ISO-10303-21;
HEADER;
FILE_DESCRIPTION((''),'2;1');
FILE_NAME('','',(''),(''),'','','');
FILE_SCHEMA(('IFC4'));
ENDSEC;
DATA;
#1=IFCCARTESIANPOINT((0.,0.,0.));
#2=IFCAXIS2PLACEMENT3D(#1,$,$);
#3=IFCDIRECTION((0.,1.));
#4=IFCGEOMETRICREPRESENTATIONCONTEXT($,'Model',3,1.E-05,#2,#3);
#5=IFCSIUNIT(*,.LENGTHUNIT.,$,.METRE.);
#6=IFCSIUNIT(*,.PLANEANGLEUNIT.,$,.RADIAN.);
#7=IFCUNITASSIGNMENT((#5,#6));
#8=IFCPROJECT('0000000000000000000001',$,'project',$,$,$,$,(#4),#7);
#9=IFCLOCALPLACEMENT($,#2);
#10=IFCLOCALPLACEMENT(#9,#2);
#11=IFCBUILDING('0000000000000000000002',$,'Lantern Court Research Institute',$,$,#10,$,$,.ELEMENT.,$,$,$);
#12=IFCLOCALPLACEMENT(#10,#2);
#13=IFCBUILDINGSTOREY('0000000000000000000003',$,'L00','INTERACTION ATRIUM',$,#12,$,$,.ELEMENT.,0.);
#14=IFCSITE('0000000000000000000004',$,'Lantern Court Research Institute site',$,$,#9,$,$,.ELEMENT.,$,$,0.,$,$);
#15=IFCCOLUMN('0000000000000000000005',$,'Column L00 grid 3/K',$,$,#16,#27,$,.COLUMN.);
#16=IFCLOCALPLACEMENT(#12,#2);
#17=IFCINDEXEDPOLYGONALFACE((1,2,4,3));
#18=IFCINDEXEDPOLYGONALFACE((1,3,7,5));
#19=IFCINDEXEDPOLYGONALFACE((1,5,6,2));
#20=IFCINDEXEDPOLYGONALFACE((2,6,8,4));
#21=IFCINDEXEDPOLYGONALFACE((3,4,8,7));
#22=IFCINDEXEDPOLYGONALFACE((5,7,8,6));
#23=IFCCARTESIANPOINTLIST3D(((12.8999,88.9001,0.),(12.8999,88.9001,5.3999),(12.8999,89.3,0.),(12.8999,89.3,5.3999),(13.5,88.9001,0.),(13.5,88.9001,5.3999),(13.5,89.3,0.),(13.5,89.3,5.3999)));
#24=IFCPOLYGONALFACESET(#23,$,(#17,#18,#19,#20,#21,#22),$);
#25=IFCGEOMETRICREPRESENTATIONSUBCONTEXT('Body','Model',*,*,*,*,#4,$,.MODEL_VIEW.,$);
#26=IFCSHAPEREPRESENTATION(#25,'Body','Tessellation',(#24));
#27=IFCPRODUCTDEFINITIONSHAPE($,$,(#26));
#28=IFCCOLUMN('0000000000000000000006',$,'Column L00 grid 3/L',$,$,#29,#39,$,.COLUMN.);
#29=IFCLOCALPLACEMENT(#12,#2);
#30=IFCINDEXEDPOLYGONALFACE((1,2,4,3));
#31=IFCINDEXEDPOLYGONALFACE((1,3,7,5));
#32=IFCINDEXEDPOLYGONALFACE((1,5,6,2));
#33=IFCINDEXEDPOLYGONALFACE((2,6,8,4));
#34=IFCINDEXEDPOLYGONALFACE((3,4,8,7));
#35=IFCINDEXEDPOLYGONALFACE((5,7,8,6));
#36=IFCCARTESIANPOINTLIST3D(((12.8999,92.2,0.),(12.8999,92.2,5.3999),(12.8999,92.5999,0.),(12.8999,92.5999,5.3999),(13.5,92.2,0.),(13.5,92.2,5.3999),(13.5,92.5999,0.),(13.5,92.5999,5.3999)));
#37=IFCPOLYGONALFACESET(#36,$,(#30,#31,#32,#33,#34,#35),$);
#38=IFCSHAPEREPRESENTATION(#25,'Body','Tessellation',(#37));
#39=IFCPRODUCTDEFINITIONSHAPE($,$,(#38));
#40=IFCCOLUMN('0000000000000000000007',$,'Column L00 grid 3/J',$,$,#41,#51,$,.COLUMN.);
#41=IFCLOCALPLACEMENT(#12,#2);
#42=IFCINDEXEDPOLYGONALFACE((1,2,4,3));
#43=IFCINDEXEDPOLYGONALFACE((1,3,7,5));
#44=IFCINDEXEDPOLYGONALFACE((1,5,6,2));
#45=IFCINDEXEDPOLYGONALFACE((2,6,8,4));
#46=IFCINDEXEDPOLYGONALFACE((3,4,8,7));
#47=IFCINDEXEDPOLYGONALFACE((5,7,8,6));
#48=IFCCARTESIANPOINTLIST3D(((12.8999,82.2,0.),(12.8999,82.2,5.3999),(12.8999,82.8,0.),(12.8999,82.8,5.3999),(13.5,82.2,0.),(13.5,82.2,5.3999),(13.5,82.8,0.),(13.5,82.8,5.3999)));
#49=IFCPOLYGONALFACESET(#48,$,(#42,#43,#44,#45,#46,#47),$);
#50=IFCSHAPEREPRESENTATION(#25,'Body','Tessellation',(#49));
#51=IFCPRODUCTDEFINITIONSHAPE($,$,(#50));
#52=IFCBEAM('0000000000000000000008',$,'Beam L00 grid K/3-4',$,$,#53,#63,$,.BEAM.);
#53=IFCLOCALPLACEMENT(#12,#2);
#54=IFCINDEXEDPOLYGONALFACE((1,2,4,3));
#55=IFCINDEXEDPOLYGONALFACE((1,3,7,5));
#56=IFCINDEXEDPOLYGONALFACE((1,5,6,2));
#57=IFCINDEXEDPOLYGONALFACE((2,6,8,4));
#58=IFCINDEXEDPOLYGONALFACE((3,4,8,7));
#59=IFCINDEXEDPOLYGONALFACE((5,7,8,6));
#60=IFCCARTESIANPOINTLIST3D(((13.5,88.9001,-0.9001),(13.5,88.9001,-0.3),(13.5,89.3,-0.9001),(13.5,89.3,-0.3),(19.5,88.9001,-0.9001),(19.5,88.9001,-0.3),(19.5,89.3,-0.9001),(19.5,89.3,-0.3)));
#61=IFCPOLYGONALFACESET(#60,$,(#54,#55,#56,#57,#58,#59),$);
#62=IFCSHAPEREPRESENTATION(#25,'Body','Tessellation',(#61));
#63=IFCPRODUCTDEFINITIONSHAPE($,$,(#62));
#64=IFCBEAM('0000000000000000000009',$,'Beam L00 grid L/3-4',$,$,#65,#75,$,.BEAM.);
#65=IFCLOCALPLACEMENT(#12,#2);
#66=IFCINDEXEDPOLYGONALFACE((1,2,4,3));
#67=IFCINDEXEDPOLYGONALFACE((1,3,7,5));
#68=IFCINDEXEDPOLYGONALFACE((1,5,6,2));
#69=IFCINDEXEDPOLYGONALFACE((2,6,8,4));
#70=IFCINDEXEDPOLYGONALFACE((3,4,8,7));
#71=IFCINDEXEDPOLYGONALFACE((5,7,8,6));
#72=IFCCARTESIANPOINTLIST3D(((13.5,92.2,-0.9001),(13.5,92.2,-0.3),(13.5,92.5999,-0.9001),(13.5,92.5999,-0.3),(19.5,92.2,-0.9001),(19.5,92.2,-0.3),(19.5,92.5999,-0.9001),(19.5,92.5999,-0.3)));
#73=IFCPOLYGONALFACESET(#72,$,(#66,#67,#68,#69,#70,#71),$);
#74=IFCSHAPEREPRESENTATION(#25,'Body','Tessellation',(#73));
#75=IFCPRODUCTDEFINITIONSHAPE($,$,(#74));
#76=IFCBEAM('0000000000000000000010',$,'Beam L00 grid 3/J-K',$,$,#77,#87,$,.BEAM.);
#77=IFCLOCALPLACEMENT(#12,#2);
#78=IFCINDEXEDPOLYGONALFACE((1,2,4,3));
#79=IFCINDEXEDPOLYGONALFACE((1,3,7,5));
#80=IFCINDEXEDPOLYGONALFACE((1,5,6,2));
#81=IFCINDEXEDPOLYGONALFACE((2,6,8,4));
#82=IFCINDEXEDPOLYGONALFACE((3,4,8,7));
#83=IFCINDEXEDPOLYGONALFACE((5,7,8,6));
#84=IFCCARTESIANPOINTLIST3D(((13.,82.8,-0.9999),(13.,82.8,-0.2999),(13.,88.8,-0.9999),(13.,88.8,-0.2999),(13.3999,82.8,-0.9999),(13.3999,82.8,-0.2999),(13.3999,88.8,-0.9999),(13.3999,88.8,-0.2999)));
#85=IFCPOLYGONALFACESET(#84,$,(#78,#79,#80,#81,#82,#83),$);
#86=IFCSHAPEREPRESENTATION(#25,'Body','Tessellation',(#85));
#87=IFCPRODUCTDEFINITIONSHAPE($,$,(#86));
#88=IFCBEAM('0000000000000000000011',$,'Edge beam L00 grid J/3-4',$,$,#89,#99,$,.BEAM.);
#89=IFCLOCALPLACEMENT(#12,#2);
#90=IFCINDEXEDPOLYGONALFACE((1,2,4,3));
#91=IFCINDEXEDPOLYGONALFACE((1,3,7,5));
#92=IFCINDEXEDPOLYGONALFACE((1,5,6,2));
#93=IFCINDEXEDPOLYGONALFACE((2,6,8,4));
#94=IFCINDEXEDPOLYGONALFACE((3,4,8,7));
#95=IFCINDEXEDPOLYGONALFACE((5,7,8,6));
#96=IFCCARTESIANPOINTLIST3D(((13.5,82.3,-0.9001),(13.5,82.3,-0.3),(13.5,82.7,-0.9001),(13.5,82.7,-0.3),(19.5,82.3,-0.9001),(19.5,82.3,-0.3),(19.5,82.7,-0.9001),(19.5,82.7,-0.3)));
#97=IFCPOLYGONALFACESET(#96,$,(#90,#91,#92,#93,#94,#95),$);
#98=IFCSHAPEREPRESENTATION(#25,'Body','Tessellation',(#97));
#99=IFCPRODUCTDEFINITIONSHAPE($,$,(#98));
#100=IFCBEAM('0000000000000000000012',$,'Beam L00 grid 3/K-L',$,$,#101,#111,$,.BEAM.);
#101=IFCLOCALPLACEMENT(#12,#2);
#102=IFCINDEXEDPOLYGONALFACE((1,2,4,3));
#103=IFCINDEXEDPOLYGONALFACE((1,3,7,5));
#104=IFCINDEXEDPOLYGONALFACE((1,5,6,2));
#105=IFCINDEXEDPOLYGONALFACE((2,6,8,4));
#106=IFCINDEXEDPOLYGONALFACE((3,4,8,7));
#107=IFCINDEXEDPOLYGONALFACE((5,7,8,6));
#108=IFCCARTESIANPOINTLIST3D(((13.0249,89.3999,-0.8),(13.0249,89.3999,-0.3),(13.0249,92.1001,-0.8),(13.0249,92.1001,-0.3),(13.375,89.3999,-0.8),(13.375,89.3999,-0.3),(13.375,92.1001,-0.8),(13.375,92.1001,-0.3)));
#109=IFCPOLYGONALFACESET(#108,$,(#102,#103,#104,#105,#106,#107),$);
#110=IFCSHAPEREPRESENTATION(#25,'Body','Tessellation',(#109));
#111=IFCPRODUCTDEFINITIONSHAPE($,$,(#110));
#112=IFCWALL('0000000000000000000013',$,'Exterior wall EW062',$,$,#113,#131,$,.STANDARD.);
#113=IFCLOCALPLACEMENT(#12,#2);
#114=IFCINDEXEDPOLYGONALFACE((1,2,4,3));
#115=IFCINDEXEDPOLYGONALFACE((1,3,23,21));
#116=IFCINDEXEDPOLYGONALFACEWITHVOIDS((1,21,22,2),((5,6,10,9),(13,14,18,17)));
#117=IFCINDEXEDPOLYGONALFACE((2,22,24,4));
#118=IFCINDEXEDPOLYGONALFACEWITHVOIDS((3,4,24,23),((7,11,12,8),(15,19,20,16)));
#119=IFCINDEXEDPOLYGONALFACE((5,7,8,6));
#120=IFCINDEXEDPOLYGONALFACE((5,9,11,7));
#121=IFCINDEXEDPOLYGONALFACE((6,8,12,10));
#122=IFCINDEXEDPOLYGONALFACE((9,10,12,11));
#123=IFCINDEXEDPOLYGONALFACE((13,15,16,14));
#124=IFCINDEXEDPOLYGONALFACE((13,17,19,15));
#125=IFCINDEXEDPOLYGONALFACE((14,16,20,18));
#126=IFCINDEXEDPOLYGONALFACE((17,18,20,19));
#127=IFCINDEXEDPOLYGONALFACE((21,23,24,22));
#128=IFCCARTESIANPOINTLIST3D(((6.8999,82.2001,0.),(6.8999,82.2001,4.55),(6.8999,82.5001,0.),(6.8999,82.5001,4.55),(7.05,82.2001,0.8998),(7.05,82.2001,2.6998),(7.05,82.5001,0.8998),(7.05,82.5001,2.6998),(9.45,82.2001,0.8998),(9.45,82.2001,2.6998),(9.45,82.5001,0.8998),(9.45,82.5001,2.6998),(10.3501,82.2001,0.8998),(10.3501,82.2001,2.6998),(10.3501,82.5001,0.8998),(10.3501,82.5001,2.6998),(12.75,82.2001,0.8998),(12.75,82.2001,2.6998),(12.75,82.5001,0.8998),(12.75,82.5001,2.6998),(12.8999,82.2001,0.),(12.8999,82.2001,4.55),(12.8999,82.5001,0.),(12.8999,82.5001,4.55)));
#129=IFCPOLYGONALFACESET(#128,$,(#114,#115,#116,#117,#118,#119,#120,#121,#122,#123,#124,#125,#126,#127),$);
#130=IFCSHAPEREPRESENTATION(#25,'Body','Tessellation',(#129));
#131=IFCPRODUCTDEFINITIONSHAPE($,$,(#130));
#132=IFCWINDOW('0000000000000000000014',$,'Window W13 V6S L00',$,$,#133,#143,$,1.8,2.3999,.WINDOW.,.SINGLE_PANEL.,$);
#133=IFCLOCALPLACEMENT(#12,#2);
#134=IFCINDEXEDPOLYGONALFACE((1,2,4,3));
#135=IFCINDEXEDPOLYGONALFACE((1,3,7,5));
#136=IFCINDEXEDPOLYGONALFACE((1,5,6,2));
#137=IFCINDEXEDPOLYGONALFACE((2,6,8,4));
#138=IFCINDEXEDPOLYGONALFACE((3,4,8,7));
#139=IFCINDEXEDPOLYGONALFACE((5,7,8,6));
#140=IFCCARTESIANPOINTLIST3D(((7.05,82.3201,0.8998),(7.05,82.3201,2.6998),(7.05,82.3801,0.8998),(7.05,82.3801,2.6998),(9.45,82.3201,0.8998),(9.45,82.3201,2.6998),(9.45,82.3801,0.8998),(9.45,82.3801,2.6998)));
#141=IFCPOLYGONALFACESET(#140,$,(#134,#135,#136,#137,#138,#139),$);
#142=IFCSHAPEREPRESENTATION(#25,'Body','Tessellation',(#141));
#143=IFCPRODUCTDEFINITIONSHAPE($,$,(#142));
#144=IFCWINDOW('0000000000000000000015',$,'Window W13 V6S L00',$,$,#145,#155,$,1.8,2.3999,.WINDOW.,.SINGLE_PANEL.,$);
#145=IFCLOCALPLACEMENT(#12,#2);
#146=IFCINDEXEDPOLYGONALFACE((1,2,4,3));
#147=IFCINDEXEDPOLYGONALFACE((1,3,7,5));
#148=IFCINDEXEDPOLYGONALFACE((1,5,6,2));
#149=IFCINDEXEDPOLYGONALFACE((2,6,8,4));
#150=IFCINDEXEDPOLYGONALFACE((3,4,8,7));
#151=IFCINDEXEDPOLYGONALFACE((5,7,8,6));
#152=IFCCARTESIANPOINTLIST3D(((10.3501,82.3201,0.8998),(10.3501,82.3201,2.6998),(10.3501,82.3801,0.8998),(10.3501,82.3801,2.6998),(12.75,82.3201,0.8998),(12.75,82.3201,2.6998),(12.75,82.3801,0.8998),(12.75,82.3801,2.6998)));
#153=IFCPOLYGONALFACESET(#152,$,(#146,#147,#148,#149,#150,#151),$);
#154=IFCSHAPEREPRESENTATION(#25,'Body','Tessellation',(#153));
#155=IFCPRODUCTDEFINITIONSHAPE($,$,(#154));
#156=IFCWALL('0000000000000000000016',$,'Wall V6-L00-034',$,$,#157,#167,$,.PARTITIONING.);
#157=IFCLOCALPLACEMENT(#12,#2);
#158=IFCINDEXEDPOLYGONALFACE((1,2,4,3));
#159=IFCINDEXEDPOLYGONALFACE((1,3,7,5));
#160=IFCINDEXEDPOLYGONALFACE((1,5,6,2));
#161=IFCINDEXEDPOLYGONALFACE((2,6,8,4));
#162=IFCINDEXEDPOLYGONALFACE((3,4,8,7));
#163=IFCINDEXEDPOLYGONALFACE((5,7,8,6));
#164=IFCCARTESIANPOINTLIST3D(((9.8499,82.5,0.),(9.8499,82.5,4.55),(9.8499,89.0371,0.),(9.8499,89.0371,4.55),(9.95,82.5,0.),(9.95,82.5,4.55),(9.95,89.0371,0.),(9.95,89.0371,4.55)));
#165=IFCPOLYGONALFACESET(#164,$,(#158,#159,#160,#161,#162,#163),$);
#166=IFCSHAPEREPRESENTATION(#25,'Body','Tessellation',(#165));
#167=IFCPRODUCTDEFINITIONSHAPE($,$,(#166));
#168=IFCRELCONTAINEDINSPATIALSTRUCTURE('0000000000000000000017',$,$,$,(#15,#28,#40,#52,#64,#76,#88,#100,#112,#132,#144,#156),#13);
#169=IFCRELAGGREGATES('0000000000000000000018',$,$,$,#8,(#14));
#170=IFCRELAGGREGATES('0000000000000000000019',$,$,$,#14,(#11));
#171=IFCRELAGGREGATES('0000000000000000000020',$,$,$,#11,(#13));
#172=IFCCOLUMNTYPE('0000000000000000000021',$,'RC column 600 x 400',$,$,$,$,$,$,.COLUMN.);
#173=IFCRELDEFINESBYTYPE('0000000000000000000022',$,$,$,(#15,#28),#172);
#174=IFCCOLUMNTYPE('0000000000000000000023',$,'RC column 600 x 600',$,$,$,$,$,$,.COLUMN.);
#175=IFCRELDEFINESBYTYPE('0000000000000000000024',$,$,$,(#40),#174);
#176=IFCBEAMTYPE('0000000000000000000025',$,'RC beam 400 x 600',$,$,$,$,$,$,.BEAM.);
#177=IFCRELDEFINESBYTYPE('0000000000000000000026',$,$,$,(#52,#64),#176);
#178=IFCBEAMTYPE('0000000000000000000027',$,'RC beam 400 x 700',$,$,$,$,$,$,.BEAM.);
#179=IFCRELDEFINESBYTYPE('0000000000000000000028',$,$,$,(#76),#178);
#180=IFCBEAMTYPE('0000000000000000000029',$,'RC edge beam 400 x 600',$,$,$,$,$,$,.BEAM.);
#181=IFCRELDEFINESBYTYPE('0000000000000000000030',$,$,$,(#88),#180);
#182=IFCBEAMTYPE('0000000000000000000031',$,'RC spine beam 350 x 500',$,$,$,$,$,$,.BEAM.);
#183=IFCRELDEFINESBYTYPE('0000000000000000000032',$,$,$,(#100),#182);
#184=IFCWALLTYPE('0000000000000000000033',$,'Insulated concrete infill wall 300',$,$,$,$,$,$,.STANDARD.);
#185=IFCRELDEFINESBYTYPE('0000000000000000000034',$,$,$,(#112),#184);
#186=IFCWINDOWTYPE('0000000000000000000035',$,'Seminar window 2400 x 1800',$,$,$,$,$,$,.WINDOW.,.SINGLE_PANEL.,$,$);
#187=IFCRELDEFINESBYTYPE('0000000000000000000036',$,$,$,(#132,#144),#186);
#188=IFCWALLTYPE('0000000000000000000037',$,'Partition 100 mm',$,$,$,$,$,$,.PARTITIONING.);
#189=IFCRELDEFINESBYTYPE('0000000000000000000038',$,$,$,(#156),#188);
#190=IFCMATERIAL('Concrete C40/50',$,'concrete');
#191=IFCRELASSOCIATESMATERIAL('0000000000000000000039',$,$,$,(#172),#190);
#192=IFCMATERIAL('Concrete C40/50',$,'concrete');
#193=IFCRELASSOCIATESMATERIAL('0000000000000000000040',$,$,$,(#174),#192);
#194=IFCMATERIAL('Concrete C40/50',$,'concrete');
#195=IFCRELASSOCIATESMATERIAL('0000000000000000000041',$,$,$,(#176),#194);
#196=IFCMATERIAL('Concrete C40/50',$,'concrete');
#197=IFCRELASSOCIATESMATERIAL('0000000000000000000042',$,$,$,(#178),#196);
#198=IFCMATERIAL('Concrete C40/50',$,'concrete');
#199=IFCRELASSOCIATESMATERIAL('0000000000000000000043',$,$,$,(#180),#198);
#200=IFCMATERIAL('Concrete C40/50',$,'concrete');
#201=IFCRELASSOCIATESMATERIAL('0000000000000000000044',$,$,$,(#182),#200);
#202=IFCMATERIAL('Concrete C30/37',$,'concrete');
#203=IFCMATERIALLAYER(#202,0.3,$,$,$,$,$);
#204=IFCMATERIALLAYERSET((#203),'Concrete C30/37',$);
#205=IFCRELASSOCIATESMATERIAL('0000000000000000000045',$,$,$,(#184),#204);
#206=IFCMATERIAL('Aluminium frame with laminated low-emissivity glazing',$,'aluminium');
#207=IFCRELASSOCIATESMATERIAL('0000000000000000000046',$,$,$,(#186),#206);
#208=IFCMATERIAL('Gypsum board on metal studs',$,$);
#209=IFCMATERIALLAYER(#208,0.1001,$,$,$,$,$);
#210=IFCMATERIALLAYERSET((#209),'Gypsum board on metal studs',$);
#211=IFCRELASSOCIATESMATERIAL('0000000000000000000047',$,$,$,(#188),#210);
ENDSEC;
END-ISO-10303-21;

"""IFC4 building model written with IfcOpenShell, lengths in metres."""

from ifc_helpers import new_model, si_unit, direction, frame, frame_2d, origin, origin_2d, place, context, subcontext, project, spatial, rectangle, extrude, material, layer, layer_set, material_profile, profile_set, type_object, element, fill, save


model = new_model("IFC4")

# Units and contexts
model_context = context("Model", 3, precision=1e-05, world=origin(), true_north=direction((0.0, 1.0)))
body_context = subcontext(model_context, "Body", "Model", "MODEL_VIEW")
ifc_project = project(units=[si_unit("LENGTHUNIT", "METRE"), si_unit("PLANEANGLEUNIT", "RADIAN")], contexts=[model_context])

# Site, building, storey
site_placement = place(None, origin())
site = spatial("IfcSite", under=ifc_project, at=site_placement, Name="Lantern Court Research Institute site", CompositionType="ELEMENT", RefElevation=0.0)
building_placement = place(site_placement, origin())
building = spatial("IfcBuilding", under=site, at=building_placement, Name="Lantern Court Research Institute", CompositionType="ELEMENT")
storey_placement = place(building_placement, origin())
storey = spatial("IfcBuildingStorey", under=building, at=storey_placement, Name="L00", Description="INTERACTION ATRIUM", CompositionType="ELEMENT", Elevation=0.0)

# Columns
ifc_material_1 = material(Name="Concrete C40/50", Category="concrete")
ifc_material_profile_1 = material_profile(ifc_material_1, rectangle(XDim=0.6001, YDim=0.3999, at=origin_2d()), Name="RC column 600 x 400")
ifc_profile_set_1 = profile_set([ifc_material_profile_1], Name="Concrete C40/50")
column_type_1 = type_object("IfcColumnType", Name="RC column 600 x 400", PredefinedType="COLUMN", material=ifc_profile_set_1)
for number, where, z_axis, x_axis, name in (
    (1, (13.2, 89.1001, 0.0), (0.0, 0.0, 1.0), (1.0, 0.0, 0.0), "Column L00 grid 3/K"),
    (2, (13.2, 92.3999, 0.0), (0.0, 0.0, 1.0), (1.0, 0.0, 0.0), "Column L00 grid 3/L"),
):
    element("IfcColumn", number, at=place(storey_placement, frame(where, z_axis=z_axis, x_axis=x_axis)), inside=storey, type_object=column_type_1, Name=name, PredefinedType="COLUMN", context=body_context, shape_type="SweptSolid", body=[
        extrude(rectangle(XDim=0.6001, YDim=0.3999, at=origin_2d()), origin(), (0.0, 0.0, 1.0), 5.3999),
    ])
ifc_material_2 = material(Name="Concrete C40/50", Category="concrete")
ifc_material_profile_2 = material_profile(ifc_material_2, rectangle(XDim=0.6001, YDim=0.6001, at=origin_2d()), Name="RC column 600 x 600")
ifc_profile_set_2 = profile_set([ifc_material_profile_2], Name="Concrete C40/50")
column_type_2 = type_object("IfcColumnType", Name="RC column 600 x 600", PredefinedType="COLUMN", material=ifc_profile_set_2)
column_placement = place(storey_placement, frame((13.2, 82.5, 0.0), z_axis=(0.0, 0.0, 1.0), x_axis=(1.0, 0.0, 0.0)))
element("IfcColumn", 3, at=column_placement, inside=storey, type_object=column_type_2, Name="Column L00 grid 3/J", PredefinedType="COLUMN", context=body_context, shape_type="SweptSolid", body=[
    extrude(rectangle(XDim=0.6001, YDim=0.6001, at=origin_2d()), origin(), (0.0, 0.0, 1.0), 5.3999),
])

# Beams
ifc_material_3 = material(Name="Concrete C40/50", Category="concrete")
ifc_material_profile_3 = material_profile(ifc_material_3, rectangle(XDim=0.3999, YDim=0.6001, at=origin_2d()), Name="RC beam 400 x 600")
ifc_profile_set_3 = profile_set([ifc_material_profile_3], Name="Concrete C40/50")
beam_type_1 = type_object("IfcBeamType", Name="RC beam 400 x 600", PredefinedType="BEAM", material=ifc_profile_set_3)
for number, where, z_axis, x_axis, name in (
    (4, (13.5, 89.1001, -0.6001), (1.0, 0.0, 0.0), (0.0, 1.0, 0.0), "Beam L00 grid K/3-4"),
    (5, (13.5, 92.3999, -0.6001), (1.0, 0.0, 0.0), (0.0, 1.0, 0.0), "Beam L00 grid L/3-4"),
):
    element("IfcBeam", number, at=place(storey_placement, frame(where, z_axis=z_axis, x_axis=x_axis)), inside=storey, type_object=beam_type_1, Name=name, PredefinedType="BEAM", context=body_context, shape_type="SweptSolid", body=[
        extrude(rectangle(XDim=0.3999, YDim=0.6001, at=origin_2d()), origin(), (0.0, 0.0, 1.0), 6.0),
    ])
ifc_material_4 = material(Name="Concrete C40/50", Category="concrete")
ifc_material_profile_4 = material_profile(ifc_material_4, rectangle(XDim=0.3999, YDim=0.7, at=origin_2d()), Name="RC beam 400 x 700")
ifc_profile_set_4 = profile_set([ifc_material_profile_4], Name="Concrete C40/50")
beam_type_2 = type_object("IfcBeamType", Name="RC beam 400 x 700", PredefinedType="BEAM", material=ifc_profile_set_4)
beam_1_placement = place(storey_placement, frame((13.2, 82.8, -0.6499), z_axis=(0.0, 1.0, 0.0), x_axis=(-1.0, 0.0, 0.0)))
element("IfcBeam", 6, at=beam_1_placement, inside=storey, type_object=beam_type_2, Name="Beam L00 grid 3/J-K", PredefinedType="BEAM", context=body_context, shape_type="SweptSolid", body=[
    extrude(rectangle(XDim=0.3999, YDim=0.7, at=origin_2d()), origin(), (0.0, 0.0, 1.0), 6.0),
])
ifc_material_5 = material(Name="Concrete C40/50", Category="concrete")
ifc_material_profile_5 = material_profile(ifc_material_5, rectangle(XDim=0.3999, YDim=0.6001, at=origin_2d()), Name="RC beam 400 x 600")
ifc_profile_set_5 = profile_set([ifc_material_profile_5], Name="Concrete C40/50")
beam_type_3 = type_object("IfcBeamType", Name="RC edge beam 400 x 600", PredefinedType="BEAM", material=ifc_profile_set_5)
beam_2_placement = place(storey_placement, frame((13.5, 82.5, -0.6001), z_axis=(1.0, 0.0, 0.0), x_axis=(0.0, 1.0, 0.0)))
element("IfcBeam", 7, at=beam_2_placement, inside=storey, type_object=beam_type_3, Name="Edge beam L00 grid J/3-4", PredefinedType="BEAM", context=body_context, shape_type="SweptSolid", body=[
    extrude(rectangle(XDim=0.3999, YDim=0.6001, at=origin_2d()), origin(), (0.0, 0.0, 1.0), 6.0),
])
ifc_material_6 = material(Name="Concrete C40/50", Category="concrete")
ifc_material_profile_6 = material_profile(ifc_material_6, rectangle(XDim=0.3501, YDim=0.5, at=origin_2d()), Name="RC beam 350 x 500")
ifc_profile_set_6 = profile_set([ifc_material_profile_6], Name="Concrete C40/50")
beam_type_4 = type_object("IfcBeamType", Name="RC spine beam 350 x 500", PredefinedType="BEAM", material=ifc_profile_set_6)
beam_3_placement = place(storey_placement, frame((13.2, 89.3999, -0.55), z_axis=(0.0, 1.0, 0.0), x_axis=(-1.0, 0.0, 0.0)))
element("IfcBeam", 8, at=beam_3_placement, inside=storey, type_object=beam_type_4, Name="Beam L00 grid 3/K-L", PredefinedType="BEAM", context=body_context, shape_type="SweptSolid", body=[
    extrude(rectangle(XDim=0.3501, YDim=0.5, at=origin_2d()), origin(), (0.0, 0.0, 1.0), 2.7002),
])

# Wall, openings, windows
ifc_material_7 = material(Name="Concrete C30/37", Category="concrete")
ifc_layer_1 = layer(ifc_material_7, 0.3)
ifc_layer_set_1 = layer_set([ifc_layer_1], Name="Concrete C30/37")
wall_type_1 = type_object("IfcWallType", Name="Insulated concrete infill wall 300", PredefinedType="STANDARD", material=ifc_layer_set_1)
wall_1_placement = place(storey_placement, frame((12.8999, 82.3501, 0.0), z_axis=(0.0, 0.0, 1.0), x_axis=(-1.0, 0.0, 0.0)))
wall_1 = element("IfcWall", 9, at=wall_1_placement, inside=storey, type_object=wall_type_1, Name="Exterior wall EW062", PredefinedType="STANDARD", context=body_context, shape_type="SweptSolid", body=[
    extrude(rectangle(XDim=6.0, YDim=0.3, at=frame_2d((3.0, 0.0))), origin(), (0.0, 0.0, 1.0), 4.55),
])
opening_1_placement = place(wall_1_placement, frame((3.45, 0.0, 0.8999)))
opening_1 = element("IfcOpeningElement", 10, at=opening_1_placement, cuts=wall_1, PredefinedType="OPENING", context=body_context, shape_type="SweptSolid", body=[
    extrude(rectangle(XDim=2.3999, YDim=1.8, at=frame_2d((1.2, 0.8999))), frame((0.0, 0.1599, 0.0), z_axis=(0.0, -1.0, 0.0), x_axis=(1.0, 0.0, 0.0)), (0.0, 0.0, 1.0), 0.3201),
])
opening_2_placement = place(wall_1_placement, frame((0.1499, 0.0, 0.8999)))
opening_2 = element("IfcOpeningElement", 11, at=opening_2_placement, cuts=wall_1, PredefinedType="OPENING", context=body_context, shape_type="SweptSolid", body=[
    extrude(rectangle(XDim=2.3999, YDim=1.8, at=frame_2d((1.2, 0.8999))), frame((0.0, 0.1599, 0.0), z_axis=(0.0, -1.0, 0.0), x_axis=(1.0, 0.0, 0.0)), (0.0, 0.0, 1.0), 0.3201),
])
ifc_material_8 = material(Name="Aluminium frame with laminated low-emissivity glazing", Category="aluminium")
window_type = type_object("IfcWindowType", Name="Seminar window 2400 x 1800", PartitioningType="SINGLE_PANEL", PredefinedType="WINDOW", material=ifc_material_8)
window_1_placement = place(opening_1_placement, origin())
window_1 = element("IfcWindow", 12, at=window_1_placement, inside=storey, type_object=window_type, Name="Window W13 V6S L00", OverallHeight=1.8, OverallWidth=2.3999, PartitioningType="SINGLE_PANEL", PredefinedType="WINDOW", context=body_context, shape_type="SweptSolid", body=[
    extrude(rectangle(XDim=2.3999, YDim=1.8, at=frame_2d((1.2, 0.8999))), frame((0.0, 0.03, 0.0), z_axis=(0.0, -1.0, 0.0), x_axis=(1.0, 0.0, 0.0)), (0.0, 0.0, 1.0), 0.0601),
])
fill(opening_1, window_1)
window_2_placement = place(opening_2_placement, origin())
window_2 = element("IfcWindow", 13, at=window_2_placement, inside=storey, type_object=window_type, Name="Window W13 V6S L00", OverallHeight=1.8, OverallWidth=2.3999, PartitioningType="SINGLE_PANEL", PredefinedType="WINDOW", context=body_context, shape_type="SweptSolid", body=[
    extrude(rectangle(XDim=2.3999, YDim=1.8, at=frame_2d((1.2, 0.8999))), frame((0.0, 0.03, 0.0), z_axis=(0.0, -1.0, 0.0), x_axis=(1.0, 0.0, 0.0)), (0.0, 0.0, 1.0), 0.0601),
])
fill(opening_2, window_2)

# Wall
ifc_material_9 = material(Name="Gypsum board on metal studs")
ifc_layer_2 = layer(ifc_material_9, 0.1001)
ifc_layer_set_2 = layer_set([ifc_layer_2], Name="Gypsum board on metal studs")
wall_type_2 = type_object("IfcWallType", Name="Partition 100 mm", PredefinedType="PARTITIONING", material=ifc_layer_set_2)
wall_2_placement = place(storey_placement, frame((9.8999, 82.5, 0.0), z_axis=(0.0, 0.0, 1.0), x_axis=(0.0, 1.0, 0.0)))
element("IfcWall", 14, at=wall_2_placement, inside=storey, type_object=wall_type_2, Name="Wall V6-L00-034", PredefinedType="PARTITIONING", context=body_context, shape_type="SweptSolid", body=[
    extrude(rectangle(XDim=6.5371, YDim=0.1001, at=frame_2d((3.2686, 0.0))), origin(), (0.0, 0.0, 1.0), 4.55),
])

save(model, "model.ifc")
